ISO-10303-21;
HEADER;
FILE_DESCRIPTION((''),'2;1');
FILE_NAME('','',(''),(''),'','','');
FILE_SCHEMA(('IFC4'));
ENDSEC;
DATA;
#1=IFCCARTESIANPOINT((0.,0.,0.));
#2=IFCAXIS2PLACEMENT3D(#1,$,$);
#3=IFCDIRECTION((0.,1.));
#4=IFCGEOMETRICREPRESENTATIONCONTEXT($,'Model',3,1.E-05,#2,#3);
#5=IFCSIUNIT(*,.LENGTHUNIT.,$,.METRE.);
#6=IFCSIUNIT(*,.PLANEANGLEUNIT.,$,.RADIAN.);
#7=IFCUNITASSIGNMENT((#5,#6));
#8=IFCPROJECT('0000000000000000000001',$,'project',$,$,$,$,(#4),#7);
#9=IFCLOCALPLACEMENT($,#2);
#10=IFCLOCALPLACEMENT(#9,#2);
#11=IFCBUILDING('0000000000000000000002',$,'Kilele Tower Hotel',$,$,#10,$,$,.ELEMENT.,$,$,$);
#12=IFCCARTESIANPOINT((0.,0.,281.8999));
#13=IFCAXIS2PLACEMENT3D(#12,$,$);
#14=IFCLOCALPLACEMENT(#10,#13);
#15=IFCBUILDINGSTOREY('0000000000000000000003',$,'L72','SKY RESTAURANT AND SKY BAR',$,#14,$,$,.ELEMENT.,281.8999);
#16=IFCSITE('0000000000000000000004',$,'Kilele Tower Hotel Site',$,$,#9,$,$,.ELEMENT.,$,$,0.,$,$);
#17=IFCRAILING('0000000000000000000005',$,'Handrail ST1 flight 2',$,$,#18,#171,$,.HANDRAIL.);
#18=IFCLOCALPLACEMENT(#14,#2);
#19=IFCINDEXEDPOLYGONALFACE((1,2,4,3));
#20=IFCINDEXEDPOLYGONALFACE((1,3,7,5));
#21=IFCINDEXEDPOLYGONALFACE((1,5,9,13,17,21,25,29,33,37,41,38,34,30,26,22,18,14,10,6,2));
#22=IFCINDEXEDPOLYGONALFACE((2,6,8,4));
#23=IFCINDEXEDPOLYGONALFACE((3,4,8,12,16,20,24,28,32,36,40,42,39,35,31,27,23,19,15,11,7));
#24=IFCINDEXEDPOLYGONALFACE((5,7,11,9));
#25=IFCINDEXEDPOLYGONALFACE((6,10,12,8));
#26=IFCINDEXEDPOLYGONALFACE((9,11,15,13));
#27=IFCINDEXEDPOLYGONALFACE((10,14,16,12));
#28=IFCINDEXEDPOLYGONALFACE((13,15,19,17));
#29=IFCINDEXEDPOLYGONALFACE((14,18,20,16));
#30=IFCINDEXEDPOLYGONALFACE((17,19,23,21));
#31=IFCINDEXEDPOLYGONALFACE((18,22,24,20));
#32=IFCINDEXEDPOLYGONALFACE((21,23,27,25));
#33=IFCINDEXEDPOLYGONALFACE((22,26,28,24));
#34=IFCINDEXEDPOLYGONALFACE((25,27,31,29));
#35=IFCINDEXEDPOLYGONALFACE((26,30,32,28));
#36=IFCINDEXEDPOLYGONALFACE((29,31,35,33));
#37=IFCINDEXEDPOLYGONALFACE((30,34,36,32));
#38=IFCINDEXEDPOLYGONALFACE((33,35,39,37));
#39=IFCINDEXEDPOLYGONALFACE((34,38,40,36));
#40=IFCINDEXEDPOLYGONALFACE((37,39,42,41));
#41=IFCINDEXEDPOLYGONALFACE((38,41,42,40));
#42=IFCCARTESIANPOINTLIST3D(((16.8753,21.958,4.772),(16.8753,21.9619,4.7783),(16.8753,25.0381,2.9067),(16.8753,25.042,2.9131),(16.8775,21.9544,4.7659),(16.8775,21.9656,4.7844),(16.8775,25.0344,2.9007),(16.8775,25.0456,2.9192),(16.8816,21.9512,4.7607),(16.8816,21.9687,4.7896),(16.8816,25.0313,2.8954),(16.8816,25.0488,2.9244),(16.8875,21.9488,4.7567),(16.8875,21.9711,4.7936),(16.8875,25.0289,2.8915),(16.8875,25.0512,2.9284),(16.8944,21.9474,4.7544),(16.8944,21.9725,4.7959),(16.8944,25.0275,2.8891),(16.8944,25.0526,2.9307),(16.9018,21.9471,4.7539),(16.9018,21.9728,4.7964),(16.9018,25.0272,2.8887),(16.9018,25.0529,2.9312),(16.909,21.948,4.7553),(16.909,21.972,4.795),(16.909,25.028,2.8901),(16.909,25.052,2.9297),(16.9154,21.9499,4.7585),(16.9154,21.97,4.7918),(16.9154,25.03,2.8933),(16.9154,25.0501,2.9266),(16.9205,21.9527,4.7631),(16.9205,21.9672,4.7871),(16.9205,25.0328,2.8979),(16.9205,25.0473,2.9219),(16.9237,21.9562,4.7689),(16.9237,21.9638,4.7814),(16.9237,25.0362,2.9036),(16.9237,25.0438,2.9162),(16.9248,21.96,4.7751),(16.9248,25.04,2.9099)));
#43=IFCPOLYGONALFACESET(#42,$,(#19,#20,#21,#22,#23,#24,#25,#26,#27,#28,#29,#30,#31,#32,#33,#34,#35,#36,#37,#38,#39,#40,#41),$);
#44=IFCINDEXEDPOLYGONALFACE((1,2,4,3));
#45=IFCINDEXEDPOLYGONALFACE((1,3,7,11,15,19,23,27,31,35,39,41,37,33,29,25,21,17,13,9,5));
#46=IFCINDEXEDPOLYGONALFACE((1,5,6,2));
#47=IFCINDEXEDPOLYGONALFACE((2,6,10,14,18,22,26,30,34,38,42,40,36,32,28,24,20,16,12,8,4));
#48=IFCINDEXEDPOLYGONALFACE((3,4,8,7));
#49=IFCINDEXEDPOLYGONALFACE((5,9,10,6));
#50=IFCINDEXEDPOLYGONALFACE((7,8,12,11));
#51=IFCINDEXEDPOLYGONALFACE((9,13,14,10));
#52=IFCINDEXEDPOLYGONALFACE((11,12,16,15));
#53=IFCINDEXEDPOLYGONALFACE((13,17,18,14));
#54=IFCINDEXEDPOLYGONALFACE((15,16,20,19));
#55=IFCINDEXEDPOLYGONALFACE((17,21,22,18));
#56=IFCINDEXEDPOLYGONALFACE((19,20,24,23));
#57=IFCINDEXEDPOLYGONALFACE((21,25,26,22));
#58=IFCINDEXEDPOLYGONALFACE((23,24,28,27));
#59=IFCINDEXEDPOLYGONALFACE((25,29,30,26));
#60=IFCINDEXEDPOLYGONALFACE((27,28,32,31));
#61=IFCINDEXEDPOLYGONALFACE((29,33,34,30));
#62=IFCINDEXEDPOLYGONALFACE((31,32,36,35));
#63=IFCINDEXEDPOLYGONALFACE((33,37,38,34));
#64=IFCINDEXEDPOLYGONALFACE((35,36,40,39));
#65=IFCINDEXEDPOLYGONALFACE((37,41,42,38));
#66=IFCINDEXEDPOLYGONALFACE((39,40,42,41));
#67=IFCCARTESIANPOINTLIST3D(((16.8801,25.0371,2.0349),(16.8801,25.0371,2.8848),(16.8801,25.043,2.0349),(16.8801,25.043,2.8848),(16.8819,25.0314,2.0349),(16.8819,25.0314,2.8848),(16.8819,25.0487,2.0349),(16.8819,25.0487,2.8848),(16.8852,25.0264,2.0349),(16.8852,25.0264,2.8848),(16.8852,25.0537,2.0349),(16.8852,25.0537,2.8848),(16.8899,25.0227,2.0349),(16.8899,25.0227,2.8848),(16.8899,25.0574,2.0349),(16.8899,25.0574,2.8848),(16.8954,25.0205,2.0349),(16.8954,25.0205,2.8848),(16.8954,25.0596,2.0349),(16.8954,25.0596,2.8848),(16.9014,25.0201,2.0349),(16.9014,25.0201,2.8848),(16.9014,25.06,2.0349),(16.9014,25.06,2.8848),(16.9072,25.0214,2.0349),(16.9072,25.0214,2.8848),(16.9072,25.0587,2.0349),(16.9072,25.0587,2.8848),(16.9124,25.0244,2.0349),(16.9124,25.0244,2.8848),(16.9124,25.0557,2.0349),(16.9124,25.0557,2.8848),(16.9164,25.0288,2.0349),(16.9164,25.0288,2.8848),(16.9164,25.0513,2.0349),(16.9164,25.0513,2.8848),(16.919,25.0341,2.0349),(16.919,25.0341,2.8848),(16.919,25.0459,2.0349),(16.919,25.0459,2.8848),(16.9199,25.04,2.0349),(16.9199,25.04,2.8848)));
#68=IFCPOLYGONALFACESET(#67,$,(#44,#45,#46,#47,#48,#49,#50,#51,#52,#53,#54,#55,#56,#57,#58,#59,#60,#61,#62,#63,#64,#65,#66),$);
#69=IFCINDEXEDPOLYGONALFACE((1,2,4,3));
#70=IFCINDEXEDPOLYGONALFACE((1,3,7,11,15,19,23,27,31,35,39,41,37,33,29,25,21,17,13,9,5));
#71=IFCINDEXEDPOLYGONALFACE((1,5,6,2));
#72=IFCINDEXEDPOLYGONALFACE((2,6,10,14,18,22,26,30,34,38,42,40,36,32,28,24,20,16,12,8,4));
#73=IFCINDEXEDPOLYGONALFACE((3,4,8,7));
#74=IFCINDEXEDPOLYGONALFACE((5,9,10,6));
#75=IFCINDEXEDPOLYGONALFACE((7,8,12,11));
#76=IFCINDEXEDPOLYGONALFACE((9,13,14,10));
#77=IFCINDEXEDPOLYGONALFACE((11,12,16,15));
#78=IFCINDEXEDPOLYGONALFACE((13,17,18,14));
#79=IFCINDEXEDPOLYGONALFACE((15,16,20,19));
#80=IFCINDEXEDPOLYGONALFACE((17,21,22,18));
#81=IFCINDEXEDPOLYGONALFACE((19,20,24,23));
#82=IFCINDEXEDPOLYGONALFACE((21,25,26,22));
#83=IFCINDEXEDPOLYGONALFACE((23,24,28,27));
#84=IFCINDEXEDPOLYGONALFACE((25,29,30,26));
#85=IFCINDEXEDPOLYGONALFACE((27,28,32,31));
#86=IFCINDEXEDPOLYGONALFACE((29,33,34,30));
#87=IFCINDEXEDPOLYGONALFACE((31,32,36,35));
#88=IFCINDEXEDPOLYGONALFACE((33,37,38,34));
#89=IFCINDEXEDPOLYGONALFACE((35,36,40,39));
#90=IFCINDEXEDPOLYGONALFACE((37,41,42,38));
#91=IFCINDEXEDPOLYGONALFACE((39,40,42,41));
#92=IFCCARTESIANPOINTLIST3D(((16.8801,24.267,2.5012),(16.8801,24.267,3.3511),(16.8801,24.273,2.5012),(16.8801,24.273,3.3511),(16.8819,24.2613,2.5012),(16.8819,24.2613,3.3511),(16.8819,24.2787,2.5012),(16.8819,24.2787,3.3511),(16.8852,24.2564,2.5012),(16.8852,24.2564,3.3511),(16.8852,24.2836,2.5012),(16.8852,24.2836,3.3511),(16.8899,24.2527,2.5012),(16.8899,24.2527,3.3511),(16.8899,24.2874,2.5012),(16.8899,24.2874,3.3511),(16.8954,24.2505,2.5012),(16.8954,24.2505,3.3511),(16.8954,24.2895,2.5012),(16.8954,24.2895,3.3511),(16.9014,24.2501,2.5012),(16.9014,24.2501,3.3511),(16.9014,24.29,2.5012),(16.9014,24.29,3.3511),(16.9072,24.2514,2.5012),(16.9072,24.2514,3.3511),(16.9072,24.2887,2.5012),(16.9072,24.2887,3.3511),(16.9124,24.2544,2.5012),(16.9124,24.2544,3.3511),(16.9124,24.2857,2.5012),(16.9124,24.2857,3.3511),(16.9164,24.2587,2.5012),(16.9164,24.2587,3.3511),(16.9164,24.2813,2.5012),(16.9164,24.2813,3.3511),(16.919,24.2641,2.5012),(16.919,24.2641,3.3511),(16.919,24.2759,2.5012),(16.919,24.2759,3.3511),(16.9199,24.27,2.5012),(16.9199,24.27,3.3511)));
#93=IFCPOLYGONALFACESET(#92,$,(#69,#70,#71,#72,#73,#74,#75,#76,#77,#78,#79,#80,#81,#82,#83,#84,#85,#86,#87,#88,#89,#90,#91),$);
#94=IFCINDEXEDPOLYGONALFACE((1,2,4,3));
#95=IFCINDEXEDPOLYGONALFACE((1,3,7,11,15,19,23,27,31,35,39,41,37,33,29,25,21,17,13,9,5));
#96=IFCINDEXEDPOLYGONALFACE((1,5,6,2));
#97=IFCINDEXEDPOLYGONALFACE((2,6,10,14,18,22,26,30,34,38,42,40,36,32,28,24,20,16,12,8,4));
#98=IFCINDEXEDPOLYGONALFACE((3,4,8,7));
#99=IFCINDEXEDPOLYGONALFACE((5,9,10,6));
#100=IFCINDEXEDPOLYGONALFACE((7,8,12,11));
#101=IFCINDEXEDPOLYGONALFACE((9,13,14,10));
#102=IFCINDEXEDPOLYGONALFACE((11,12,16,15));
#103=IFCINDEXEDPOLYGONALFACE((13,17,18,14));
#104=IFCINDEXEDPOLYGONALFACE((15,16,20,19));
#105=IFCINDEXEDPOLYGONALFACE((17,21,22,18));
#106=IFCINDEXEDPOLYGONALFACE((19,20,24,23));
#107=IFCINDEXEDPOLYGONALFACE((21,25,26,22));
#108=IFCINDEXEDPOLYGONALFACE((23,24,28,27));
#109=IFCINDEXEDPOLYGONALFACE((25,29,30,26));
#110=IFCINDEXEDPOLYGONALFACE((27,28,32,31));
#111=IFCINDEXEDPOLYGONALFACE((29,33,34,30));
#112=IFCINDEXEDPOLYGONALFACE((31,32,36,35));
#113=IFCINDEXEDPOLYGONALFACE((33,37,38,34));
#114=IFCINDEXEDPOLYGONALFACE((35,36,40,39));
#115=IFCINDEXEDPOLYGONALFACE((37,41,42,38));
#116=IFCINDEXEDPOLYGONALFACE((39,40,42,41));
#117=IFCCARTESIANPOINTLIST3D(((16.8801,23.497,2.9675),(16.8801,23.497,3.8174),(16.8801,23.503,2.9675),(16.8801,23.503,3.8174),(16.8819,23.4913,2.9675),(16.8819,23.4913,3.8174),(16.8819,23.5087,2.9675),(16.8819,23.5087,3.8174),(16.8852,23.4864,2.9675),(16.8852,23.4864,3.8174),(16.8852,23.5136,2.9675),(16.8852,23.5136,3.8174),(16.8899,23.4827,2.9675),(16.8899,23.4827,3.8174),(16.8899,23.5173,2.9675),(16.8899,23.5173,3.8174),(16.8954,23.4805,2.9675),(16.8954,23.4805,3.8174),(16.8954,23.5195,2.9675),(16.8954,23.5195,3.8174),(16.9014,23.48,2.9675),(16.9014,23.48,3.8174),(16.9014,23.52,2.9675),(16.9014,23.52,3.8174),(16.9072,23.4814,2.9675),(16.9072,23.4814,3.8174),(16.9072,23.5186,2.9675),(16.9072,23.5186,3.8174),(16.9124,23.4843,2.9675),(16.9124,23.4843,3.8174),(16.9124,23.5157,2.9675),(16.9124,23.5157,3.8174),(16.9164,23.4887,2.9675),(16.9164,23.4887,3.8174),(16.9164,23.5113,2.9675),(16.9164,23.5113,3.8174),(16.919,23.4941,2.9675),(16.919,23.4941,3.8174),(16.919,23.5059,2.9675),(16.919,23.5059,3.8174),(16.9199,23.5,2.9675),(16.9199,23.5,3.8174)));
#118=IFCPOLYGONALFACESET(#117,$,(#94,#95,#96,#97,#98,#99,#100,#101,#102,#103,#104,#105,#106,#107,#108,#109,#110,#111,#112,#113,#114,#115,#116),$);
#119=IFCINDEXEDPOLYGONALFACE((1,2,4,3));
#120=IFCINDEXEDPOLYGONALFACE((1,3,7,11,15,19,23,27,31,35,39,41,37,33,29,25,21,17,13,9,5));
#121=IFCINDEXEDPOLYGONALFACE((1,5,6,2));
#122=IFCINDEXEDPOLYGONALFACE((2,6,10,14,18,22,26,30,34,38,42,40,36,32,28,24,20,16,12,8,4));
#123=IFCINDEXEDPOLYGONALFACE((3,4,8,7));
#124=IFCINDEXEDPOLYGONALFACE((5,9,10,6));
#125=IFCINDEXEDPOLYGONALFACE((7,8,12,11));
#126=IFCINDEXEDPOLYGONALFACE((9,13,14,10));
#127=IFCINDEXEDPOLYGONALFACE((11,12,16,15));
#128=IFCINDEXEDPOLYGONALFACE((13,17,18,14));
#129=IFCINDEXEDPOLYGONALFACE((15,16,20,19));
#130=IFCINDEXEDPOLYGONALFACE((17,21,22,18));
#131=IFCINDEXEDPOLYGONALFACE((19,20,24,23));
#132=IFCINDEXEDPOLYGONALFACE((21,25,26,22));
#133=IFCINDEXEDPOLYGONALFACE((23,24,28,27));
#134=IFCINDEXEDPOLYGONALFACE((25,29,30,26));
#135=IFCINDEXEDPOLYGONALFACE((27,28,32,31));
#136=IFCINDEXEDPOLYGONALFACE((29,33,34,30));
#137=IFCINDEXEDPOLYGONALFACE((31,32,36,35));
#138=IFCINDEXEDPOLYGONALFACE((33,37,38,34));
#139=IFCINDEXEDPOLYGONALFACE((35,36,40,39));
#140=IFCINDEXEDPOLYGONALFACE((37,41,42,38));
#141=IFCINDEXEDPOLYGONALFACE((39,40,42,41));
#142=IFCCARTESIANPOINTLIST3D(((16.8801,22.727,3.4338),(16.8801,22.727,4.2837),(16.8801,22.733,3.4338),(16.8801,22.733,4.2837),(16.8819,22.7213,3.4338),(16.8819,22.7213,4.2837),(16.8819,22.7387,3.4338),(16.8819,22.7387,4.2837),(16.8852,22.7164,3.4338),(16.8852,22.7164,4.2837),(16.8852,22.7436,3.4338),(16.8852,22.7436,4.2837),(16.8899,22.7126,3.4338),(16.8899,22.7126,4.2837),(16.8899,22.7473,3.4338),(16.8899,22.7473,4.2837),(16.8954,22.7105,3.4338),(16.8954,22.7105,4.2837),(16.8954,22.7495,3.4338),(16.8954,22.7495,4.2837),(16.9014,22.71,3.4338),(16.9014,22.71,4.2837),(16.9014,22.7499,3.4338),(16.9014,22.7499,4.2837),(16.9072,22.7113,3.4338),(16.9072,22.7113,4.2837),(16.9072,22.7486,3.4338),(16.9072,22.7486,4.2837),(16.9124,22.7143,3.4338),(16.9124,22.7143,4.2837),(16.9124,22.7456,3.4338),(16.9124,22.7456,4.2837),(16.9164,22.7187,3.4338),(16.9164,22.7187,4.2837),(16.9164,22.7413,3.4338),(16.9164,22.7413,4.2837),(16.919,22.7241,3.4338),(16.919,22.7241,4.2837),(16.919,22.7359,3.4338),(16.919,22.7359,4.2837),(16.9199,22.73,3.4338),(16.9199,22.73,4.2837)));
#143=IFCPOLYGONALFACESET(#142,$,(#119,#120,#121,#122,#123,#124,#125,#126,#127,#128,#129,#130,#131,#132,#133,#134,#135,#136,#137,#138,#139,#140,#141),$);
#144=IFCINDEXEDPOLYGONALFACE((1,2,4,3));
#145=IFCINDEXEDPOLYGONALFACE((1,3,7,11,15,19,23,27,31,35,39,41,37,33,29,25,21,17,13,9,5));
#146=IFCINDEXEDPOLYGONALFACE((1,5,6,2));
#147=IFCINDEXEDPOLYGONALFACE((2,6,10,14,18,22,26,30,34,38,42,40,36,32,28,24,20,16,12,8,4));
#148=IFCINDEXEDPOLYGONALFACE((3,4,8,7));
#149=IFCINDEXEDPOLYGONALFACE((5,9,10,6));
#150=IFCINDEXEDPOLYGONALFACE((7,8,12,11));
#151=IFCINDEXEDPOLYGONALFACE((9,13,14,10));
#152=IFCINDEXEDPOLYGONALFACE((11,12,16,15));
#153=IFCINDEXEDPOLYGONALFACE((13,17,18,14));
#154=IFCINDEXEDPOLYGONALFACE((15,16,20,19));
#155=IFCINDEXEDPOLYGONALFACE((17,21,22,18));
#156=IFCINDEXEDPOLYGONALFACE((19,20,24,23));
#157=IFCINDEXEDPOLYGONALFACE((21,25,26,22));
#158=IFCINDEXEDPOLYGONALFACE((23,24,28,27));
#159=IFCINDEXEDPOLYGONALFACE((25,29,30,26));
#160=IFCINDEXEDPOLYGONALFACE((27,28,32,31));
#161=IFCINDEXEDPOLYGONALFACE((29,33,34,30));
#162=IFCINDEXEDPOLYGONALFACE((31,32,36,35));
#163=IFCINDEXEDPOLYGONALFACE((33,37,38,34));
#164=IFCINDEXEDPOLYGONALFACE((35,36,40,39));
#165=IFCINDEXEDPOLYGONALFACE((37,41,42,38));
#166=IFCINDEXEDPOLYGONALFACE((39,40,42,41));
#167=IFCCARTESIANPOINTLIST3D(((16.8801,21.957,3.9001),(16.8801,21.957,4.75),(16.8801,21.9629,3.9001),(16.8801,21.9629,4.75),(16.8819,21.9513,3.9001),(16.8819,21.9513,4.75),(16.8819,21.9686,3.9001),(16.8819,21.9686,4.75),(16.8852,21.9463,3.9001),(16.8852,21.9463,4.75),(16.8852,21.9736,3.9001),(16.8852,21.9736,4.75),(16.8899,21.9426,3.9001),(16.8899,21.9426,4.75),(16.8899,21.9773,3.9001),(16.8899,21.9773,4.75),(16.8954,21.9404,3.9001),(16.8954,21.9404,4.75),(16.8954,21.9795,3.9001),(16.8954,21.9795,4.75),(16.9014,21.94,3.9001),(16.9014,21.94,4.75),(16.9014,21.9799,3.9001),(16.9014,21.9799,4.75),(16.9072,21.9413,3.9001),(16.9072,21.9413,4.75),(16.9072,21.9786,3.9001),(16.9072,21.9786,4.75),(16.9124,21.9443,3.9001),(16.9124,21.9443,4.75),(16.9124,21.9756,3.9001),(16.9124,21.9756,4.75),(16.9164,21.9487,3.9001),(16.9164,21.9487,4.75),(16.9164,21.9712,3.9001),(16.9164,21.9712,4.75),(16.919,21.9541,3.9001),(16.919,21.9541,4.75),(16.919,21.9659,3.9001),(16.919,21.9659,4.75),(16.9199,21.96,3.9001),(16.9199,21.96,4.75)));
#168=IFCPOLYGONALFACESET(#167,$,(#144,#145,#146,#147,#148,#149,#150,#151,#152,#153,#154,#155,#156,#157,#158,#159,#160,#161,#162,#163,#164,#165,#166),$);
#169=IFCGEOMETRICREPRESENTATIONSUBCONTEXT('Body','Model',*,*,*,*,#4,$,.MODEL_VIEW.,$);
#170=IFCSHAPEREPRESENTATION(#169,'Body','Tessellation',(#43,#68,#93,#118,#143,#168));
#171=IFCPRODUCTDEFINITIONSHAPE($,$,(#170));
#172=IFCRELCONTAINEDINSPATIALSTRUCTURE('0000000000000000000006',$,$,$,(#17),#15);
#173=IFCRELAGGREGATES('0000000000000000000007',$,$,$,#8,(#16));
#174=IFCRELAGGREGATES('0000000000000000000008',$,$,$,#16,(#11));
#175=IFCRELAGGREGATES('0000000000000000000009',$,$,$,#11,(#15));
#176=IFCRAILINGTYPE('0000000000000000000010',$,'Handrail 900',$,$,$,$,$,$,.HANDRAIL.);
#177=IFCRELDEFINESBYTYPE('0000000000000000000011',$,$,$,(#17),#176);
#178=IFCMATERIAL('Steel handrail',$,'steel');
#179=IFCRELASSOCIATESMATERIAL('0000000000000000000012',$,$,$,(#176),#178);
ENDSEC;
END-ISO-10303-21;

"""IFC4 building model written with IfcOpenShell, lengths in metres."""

from ifc_helpers import new_model, si_unit, direction, frame, origin, origin_2d, place, context, subcontext, project, spatial, circle, extrude, material, type_object, element, save


model = new_model("IFC4")

# Units and contexts
model_context = context("Model", 3, precision=1e-05, world=origin(), true_north=direction((0.0, 1.0)))
body_context = subcontext(model_context, "Body", "Model", "MODEL_VIEW")
ifc_project = project(units=[si_unit("LENGTHUNIT", "METRE"), si_unit("PLANEANGLEUNIT", "RADIAN")], contexts=[model_context])

# Site, building, storey
site_placement = place(None, origin())
site = spatial("IfcSite", under=ifc_project, at=site_placement, Name="Kilele Tower Hotel Site", CompositionType="ELEMENT", RefElevation=0.0)
building_placement = place(site_placement, origin())
building = spatial("IfcBuilding", under=site, at=building_placement, Name="Kilele Tower Hotel", CompositionType="ELEMENT")
storey_placement = place(building_placement, frame((0.0, 0.0, 281.8999)))
storey = spatial("IfcBuildingStorey", under=building, at=storey_placement, Name="L72", Description="SKY RESTAURANT AND SKY BAR", CompositionType="ELEMENT", Elevation=281.8999)

# Railing
ifc_material_1 = material(Name="Steel handrail", Category="steel")
railing_type_1 = type_object("IfcRailingType", Name="Handrail 900", PredefinedType="HANDRAIL", material=ifc_material_1)
for number, where, name in (
    (1, (16.8999, 25.04, 2.0349), "Handrail ST1 flight 2"),
):
    element("IfcRailing", number, at=place(storey_placement, frame(where)), inside=storey, type_object=railing_type_1, Name=name, PredefinedType="HANDRAIL", context=body_context, shape_type="SweptSolid", body=[
        extrude(circle(Radius=0.0249, at=origin_2d()), frame((0.0, 0.0, 0.875), z_axis=(0.0, -0.85538, 0.518001), x_axis=(1.0, 0.0, 0.0)), (0.0, 0.0, 1.0), 3.6008),
        extrude(circle(Radius=0.02, at=origin_2d()), origin(), (0.0, 0.0, 1.0), 0.8499),
        extrude(circle(Radius=0.02, at=origin_2d()), frame((0.0, -0.77, 0.4663)), (0.0, 0.0, 1.0), 0.8499),
        extrude(circle(Radius=0.02, at=origin_2d()), frame((0.0, -1.54, 0.9326)), (0.0, 0.0, 1.0), 0.8499),
        extrude(circle(Radius=0.02, at=origin_2d()), frame((0.0, -2.3101, 1.3989)), (0.0, 0.0, 1.0), 0.8499),
        extrude(circle(Radius=0.02, at=origin_2d()), frame((0.0, -3.0801, 1.8652)), (0.0, 0.0, 1.0), 0.8499),
    ])

save(model, "model.ifc")
